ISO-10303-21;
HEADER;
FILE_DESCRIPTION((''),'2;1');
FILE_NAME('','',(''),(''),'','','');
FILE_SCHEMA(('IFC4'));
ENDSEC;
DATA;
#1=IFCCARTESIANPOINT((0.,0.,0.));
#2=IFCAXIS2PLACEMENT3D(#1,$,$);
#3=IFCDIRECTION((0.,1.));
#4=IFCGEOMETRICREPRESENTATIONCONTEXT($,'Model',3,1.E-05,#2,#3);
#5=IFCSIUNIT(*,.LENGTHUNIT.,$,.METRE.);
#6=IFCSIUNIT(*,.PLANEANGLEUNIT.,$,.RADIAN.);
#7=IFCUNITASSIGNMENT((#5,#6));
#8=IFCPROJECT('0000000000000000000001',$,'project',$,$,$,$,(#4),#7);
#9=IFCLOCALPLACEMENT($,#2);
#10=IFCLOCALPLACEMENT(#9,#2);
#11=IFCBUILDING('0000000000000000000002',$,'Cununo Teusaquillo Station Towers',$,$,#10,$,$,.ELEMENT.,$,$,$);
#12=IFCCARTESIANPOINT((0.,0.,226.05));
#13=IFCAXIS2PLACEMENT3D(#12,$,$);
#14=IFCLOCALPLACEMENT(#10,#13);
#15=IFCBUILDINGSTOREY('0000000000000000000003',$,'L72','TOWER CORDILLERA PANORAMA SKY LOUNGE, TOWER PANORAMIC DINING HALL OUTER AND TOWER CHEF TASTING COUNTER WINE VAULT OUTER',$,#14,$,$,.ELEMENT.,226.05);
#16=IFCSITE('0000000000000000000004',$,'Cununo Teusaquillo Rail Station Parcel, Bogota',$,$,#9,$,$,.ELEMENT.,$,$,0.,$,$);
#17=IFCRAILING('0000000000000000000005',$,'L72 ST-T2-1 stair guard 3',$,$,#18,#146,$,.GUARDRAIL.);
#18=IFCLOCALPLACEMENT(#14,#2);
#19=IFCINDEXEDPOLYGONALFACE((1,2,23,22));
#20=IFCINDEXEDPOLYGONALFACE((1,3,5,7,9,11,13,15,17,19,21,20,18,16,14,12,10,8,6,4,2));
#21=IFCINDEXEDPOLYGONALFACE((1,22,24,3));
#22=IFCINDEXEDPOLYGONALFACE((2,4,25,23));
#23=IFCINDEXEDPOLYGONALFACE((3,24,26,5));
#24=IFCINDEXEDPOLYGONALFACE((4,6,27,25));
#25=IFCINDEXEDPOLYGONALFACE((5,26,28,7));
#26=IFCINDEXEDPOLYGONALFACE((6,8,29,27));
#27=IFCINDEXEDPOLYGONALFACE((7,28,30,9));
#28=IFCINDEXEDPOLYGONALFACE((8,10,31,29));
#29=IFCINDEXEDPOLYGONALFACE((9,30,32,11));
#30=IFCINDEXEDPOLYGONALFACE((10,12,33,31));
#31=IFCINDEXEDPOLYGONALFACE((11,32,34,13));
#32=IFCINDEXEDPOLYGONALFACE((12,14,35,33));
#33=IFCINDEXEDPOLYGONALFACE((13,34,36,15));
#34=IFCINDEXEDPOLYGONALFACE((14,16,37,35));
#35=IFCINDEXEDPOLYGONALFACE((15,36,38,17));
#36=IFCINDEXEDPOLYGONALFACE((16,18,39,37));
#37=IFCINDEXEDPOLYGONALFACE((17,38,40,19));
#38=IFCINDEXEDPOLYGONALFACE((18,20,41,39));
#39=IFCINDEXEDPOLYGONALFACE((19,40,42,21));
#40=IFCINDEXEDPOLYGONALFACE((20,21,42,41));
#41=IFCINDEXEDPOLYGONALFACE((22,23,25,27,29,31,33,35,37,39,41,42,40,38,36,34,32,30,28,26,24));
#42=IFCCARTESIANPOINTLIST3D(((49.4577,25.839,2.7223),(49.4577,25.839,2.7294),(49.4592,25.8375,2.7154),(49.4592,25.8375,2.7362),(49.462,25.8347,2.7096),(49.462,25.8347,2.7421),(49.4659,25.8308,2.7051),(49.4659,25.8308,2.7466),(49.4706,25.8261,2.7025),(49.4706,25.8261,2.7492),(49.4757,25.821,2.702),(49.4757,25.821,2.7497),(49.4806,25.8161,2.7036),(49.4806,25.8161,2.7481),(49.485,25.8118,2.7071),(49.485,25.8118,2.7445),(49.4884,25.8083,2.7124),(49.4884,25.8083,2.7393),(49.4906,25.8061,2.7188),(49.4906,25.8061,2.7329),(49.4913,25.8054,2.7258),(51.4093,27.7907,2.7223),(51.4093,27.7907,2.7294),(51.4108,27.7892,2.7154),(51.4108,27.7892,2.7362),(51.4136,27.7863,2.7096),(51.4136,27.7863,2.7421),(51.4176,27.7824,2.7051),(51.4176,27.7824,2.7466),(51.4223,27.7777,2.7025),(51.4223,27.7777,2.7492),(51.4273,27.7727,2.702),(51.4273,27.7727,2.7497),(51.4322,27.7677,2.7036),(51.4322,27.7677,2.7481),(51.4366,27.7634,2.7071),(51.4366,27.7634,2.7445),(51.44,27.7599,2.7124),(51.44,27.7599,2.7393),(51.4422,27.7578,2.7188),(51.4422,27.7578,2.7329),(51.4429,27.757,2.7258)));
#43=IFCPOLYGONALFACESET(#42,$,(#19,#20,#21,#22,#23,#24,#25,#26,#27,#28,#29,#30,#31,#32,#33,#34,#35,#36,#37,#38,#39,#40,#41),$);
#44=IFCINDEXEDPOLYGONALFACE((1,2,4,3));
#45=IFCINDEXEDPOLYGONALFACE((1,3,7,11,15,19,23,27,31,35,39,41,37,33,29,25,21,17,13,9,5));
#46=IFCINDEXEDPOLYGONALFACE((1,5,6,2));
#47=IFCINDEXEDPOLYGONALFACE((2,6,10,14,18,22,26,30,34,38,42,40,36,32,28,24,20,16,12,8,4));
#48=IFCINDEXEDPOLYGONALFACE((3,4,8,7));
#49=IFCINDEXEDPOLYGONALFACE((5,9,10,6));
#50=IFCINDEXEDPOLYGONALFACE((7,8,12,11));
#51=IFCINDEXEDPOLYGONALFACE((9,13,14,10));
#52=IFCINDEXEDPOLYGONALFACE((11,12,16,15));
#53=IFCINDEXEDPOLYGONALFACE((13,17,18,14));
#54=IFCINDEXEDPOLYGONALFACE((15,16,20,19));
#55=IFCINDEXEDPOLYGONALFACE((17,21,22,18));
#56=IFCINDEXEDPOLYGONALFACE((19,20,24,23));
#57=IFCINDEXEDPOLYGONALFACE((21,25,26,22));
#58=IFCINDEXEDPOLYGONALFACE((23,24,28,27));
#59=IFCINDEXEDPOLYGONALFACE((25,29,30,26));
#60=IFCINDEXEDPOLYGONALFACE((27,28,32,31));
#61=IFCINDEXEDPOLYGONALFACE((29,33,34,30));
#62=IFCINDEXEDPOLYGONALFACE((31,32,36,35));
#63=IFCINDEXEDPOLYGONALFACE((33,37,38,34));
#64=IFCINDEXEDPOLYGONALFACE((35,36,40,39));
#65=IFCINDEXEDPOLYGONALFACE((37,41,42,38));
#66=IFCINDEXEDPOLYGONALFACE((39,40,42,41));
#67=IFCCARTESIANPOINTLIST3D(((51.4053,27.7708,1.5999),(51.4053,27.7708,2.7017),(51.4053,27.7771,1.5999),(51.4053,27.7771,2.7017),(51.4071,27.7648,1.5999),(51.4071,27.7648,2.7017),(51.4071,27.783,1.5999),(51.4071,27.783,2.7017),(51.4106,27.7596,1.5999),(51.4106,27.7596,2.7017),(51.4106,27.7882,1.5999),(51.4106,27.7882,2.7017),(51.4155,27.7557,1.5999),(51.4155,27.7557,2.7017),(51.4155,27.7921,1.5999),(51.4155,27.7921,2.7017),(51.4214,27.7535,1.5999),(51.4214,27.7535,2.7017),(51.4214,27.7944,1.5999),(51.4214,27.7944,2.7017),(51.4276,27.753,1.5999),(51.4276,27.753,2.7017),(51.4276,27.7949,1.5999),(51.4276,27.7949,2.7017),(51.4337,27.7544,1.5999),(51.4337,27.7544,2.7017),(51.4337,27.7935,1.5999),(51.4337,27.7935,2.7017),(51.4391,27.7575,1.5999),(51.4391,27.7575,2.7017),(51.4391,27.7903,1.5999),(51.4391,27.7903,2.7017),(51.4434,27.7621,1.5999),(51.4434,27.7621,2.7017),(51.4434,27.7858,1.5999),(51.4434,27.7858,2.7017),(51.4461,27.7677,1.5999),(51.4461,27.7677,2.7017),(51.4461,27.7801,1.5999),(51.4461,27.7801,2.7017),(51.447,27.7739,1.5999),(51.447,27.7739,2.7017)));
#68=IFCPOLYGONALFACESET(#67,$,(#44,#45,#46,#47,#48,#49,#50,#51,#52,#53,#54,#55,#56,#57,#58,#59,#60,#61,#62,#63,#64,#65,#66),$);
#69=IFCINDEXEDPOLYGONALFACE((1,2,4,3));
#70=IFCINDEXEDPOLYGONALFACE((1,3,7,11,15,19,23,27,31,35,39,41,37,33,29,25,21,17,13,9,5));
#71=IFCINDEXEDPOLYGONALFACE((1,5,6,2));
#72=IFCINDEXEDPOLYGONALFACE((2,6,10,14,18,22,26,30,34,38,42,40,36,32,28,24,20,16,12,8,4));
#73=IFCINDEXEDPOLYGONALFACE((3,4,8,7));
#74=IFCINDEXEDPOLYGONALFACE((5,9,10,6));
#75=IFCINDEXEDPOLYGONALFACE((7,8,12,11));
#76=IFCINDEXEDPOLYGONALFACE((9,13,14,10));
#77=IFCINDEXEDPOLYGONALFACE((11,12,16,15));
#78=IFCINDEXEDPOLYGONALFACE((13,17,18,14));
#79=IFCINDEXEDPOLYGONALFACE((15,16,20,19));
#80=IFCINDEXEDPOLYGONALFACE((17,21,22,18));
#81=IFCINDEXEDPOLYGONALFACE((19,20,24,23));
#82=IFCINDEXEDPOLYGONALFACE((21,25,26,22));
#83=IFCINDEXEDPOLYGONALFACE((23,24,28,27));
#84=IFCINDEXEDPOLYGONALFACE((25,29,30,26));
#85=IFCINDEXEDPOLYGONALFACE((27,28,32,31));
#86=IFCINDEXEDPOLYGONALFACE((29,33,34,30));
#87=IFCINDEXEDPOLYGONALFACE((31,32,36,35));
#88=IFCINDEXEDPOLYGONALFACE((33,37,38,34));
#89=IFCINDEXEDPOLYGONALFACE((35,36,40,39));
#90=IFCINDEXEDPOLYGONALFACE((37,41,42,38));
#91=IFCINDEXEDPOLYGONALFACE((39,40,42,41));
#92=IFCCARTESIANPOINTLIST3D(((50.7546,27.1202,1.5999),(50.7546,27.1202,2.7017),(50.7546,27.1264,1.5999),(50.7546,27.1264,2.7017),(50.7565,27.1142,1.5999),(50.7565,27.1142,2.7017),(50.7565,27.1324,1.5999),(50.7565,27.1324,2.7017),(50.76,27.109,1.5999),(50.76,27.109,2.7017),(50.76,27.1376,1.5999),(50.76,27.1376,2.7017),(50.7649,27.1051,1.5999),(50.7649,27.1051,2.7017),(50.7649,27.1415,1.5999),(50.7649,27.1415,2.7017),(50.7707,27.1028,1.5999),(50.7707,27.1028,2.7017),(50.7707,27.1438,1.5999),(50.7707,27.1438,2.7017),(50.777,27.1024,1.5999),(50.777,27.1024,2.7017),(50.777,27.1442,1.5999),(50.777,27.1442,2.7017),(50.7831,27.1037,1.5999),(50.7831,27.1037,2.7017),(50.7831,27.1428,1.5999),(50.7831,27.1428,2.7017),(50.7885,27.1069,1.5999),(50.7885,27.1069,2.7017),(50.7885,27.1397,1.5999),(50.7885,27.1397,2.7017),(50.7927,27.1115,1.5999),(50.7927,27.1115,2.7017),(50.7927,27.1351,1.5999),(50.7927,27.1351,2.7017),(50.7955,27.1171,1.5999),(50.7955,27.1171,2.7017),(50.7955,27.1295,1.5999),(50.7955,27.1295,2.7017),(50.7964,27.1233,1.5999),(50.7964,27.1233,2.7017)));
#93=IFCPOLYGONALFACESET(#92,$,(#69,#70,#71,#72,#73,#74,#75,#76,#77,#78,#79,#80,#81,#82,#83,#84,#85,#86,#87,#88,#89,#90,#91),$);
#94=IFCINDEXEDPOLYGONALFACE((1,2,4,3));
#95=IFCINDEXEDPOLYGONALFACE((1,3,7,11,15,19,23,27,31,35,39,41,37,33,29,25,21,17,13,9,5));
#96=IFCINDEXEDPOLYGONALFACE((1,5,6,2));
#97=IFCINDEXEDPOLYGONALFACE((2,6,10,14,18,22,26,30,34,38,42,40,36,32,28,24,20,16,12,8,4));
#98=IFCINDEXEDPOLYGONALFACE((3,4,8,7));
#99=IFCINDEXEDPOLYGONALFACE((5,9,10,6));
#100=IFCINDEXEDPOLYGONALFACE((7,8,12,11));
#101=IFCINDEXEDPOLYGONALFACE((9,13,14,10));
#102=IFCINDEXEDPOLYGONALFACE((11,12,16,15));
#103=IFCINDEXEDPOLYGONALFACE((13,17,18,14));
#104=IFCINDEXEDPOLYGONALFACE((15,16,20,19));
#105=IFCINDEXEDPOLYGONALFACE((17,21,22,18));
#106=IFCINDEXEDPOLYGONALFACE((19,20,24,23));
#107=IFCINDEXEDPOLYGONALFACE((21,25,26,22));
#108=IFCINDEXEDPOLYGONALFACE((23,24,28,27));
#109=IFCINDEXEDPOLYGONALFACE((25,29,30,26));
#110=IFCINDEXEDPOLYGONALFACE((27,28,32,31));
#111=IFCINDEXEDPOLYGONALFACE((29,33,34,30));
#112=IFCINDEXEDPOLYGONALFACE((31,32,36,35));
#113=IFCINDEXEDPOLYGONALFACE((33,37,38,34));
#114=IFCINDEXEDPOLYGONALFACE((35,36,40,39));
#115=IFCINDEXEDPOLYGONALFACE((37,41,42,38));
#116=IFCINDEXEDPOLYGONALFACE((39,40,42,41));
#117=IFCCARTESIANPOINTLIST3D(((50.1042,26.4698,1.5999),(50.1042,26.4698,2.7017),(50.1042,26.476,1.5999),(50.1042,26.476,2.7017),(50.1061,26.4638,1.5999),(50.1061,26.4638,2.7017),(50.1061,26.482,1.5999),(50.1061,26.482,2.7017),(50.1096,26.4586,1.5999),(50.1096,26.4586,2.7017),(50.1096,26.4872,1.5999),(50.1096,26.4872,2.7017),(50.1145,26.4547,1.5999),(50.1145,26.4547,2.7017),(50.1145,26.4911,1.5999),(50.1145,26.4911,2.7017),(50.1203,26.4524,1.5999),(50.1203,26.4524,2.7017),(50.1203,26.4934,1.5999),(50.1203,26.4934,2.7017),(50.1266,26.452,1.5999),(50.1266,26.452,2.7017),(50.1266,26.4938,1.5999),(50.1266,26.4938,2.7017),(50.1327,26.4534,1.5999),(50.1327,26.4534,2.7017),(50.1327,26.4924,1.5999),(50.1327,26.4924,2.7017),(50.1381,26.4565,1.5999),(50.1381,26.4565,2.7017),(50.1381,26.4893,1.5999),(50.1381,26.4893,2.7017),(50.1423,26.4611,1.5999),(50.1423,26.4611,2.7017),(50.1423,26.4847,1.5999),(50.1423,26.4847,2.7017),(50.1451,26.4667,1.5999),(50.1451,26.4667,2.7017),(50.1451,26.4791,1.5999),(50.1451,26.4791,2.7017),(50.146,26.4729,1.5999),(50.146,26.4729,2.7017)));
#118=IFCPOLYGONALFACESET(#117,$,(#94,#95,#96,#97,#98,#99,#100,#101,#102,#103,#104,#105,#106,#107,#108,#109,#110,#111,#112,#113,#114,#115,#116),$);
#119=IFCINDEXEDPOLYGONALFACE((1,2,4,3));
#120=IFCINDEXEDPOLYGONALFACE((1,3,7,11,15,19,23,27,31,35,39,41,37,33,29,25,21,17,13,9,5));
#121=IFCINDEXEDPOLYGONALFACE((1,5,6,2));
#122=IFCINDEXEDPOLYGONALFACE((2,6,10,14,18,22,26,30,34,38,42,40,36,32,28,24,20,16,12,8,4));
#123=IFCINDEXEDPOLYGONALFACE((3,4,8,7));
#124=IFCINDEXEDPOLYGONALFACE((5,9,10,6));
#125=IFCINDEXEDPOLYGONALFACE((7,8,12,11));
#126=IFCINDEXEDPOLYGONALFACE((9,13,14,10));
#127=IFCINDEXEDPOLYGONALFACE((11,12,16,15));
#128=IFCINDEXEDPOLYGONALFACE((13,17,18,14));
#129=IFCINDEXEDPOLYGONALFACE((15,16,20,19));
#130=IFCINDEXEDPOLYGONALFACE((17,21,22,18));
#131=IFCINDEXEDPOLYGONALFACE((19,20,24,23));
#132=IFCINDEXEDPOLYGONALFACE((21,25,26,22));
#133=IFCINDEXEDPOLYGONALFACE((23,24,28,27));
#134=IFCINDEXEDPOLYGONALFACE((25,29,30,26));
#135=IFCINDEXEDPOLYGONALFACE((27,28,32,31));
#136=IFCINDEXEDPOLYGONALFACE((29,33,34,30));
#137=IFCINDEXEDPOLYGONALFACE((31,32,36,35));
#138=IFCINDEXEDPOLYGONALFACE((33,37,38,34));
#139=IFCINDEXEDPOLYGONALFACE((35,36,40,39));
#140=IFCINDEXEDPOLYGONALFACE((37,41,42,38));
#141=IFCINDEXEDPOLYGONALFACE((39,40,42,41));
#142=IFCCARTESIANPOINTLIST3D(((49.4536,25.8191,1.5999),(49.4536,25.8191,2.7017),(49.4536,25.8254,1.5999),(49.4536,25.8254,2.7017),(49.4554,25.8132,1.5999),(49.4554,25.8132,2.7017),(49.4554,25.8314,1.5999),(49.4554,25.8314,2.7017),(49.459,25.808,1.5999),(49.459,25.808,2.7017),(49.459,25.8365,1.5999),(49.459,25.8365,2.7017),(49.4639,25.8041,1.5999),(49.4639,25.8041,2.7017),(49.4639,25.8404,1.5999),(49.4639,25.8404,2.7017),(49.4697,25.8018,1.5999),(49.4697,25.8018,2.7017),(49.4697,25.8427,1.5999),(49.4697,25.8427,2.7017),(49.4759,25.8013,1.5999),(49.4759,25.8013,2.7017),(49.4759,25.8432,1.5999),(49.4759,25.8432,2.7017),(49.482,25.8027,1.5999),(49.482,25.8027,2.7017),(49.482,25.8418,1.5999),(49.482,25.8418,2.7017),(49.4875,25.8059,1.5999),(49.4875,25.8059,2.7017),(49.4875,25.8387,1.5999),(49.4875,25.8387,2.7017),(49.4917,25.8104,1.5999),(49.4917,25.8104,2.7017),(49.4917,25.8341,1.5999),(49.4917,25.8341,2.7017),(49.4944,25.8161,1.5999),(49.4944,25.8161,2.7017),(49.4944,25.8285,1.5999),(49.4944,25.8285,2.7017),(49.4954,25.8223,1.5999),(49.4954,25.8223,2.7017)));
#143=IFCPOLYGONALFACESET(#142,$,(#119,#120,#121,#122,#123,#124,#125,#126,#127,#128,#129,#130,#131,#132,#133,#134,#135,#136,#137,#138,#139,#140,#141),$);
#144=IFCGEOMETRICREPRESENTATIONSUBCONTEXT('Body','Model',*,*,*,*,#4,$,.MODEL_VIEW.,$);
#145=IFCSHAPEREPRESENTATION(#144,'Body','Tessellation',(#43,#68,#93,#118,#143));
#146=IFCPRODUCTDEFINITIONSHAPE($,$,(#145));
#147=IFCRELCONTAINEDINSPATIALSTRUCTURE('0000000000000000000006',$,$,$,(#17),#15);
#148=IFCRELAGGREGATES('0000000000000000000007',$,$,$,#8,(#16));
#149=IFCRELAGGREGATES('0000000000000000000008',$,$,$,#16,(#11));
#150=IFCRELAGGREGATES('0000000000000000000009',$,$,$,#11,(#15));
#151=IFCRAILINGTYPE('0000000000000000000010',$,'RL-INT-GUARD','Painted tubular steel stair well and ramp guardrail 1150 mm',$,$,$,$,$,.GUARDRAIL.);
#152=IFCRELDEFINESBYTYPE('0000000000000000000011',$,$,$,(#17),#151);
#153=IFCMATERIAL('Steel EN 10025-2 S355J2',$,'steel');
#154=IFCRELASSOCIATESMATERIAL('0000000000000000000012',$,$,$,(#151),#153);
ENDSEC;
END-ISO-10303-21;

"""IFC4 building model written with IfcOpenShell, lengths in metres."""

from ifc_helpers import new_model, si_unit, direction, frame, origin, origin_2d, place, context, subcontext, project, spatial, circle, extrude, material, type_object, element, save


model = new_model("IFC4")

# Units and contexts
model_context = context("Model", 3, precision=1e-05, world=origin(), true_north=direction((0.0, 1.0)))
body_context = subcontext(model_context, "Body", "Model", "MODEL_VIEW")
ifc_project = project(units=[si_unit("LENGTHUNIT", "METRE"), si_unit("PLANEANGLEUNIT", "RADIAN")], contexts=[model_context])

# Site, building, storey
site_placement = place(None, origin())
site = spatial("IfcSite", under=ifc_project, at=site_placement, Name="Cununo Teusaquillo Rail Station Parcel, Bogota", CompositionType="ELEMENT", RefElevation=0.0)
building_placement = place(site_placement, origin())
building = spatial("IfcBuilding", under=site, at=building_placement, Name="Cununo Teusaquillo Station Towers", CompositionType="ELEMENT")
storey_placement = place(building_placement, frame((0.0, 0.0, 226.05)))
storey = spatial("IfcBuildingStorey", under=building, at=storey_placement, Name="L72", Description="TOWER CORDILLERA PANORAMA SKY LOUNGE, TOWER PANORAMIC DINING HALL OUTER AND TOWER CHEF TASTING COUNTER WINE VAULT OUTER", CompositionType="ELEMENT", Elevation=226.05)

# Railing
ifc_material_1 = material(Name="Steel EN 10025-2 S355J2", Category="steel")
railing_type = type_object("IfcRailingType", Name="RL-INT-GUARD", Description="Painted tubular steel stair well and ramp guardrail 1150 mm", PredefinedType="GUARDRAIL", material=ifc_material_1)
railing_1_placement = place(storey_placement, frame((51.426, 27.7739, 1.5999)))
element("IfcRailing", 1, at=railing_1_placement, inside=storey, type_object=railing_type, Name="L72 ST-T2-1 stair guard 3", PredefinedType="GUARDRAIL", context=body_context, shape_type="SweptSolid", body=[
    extrude(circle(Radius=0.0239, at=origin_2d()), frame((0.0, 0.0, 1.126), z_axis=(-0.707107, -0.707107, 0.0), x_axis=(0.707107, -0.707107, 0.0)), (0.0, 0.0, 1.0), 2.76),
    extrude(circle(Radius=0.021, at=origin_2d()), origin(), (0.0, 0.0, 1.0), 1.1018),
    extrude(circle(Radius=0.021, at=origin_2d()), frame((-0.6506, -0.6506, 0.0)), (0.0, 0.0, 1.0), 1.1018),
    extrude(circle(Radius=0.021, at=origin_2d()), frame((-1.301, -1.301, 0.0)), (0.0, 0.0, 1.0), 1.1018),
    extrude(circle(Radius=0.021, at=origin_2d()), frame((-1.9517, -1.9517, 0.0)), (0.0, 0.0, 1.0), 1.1018),
])

save(model, "model.ifc")
